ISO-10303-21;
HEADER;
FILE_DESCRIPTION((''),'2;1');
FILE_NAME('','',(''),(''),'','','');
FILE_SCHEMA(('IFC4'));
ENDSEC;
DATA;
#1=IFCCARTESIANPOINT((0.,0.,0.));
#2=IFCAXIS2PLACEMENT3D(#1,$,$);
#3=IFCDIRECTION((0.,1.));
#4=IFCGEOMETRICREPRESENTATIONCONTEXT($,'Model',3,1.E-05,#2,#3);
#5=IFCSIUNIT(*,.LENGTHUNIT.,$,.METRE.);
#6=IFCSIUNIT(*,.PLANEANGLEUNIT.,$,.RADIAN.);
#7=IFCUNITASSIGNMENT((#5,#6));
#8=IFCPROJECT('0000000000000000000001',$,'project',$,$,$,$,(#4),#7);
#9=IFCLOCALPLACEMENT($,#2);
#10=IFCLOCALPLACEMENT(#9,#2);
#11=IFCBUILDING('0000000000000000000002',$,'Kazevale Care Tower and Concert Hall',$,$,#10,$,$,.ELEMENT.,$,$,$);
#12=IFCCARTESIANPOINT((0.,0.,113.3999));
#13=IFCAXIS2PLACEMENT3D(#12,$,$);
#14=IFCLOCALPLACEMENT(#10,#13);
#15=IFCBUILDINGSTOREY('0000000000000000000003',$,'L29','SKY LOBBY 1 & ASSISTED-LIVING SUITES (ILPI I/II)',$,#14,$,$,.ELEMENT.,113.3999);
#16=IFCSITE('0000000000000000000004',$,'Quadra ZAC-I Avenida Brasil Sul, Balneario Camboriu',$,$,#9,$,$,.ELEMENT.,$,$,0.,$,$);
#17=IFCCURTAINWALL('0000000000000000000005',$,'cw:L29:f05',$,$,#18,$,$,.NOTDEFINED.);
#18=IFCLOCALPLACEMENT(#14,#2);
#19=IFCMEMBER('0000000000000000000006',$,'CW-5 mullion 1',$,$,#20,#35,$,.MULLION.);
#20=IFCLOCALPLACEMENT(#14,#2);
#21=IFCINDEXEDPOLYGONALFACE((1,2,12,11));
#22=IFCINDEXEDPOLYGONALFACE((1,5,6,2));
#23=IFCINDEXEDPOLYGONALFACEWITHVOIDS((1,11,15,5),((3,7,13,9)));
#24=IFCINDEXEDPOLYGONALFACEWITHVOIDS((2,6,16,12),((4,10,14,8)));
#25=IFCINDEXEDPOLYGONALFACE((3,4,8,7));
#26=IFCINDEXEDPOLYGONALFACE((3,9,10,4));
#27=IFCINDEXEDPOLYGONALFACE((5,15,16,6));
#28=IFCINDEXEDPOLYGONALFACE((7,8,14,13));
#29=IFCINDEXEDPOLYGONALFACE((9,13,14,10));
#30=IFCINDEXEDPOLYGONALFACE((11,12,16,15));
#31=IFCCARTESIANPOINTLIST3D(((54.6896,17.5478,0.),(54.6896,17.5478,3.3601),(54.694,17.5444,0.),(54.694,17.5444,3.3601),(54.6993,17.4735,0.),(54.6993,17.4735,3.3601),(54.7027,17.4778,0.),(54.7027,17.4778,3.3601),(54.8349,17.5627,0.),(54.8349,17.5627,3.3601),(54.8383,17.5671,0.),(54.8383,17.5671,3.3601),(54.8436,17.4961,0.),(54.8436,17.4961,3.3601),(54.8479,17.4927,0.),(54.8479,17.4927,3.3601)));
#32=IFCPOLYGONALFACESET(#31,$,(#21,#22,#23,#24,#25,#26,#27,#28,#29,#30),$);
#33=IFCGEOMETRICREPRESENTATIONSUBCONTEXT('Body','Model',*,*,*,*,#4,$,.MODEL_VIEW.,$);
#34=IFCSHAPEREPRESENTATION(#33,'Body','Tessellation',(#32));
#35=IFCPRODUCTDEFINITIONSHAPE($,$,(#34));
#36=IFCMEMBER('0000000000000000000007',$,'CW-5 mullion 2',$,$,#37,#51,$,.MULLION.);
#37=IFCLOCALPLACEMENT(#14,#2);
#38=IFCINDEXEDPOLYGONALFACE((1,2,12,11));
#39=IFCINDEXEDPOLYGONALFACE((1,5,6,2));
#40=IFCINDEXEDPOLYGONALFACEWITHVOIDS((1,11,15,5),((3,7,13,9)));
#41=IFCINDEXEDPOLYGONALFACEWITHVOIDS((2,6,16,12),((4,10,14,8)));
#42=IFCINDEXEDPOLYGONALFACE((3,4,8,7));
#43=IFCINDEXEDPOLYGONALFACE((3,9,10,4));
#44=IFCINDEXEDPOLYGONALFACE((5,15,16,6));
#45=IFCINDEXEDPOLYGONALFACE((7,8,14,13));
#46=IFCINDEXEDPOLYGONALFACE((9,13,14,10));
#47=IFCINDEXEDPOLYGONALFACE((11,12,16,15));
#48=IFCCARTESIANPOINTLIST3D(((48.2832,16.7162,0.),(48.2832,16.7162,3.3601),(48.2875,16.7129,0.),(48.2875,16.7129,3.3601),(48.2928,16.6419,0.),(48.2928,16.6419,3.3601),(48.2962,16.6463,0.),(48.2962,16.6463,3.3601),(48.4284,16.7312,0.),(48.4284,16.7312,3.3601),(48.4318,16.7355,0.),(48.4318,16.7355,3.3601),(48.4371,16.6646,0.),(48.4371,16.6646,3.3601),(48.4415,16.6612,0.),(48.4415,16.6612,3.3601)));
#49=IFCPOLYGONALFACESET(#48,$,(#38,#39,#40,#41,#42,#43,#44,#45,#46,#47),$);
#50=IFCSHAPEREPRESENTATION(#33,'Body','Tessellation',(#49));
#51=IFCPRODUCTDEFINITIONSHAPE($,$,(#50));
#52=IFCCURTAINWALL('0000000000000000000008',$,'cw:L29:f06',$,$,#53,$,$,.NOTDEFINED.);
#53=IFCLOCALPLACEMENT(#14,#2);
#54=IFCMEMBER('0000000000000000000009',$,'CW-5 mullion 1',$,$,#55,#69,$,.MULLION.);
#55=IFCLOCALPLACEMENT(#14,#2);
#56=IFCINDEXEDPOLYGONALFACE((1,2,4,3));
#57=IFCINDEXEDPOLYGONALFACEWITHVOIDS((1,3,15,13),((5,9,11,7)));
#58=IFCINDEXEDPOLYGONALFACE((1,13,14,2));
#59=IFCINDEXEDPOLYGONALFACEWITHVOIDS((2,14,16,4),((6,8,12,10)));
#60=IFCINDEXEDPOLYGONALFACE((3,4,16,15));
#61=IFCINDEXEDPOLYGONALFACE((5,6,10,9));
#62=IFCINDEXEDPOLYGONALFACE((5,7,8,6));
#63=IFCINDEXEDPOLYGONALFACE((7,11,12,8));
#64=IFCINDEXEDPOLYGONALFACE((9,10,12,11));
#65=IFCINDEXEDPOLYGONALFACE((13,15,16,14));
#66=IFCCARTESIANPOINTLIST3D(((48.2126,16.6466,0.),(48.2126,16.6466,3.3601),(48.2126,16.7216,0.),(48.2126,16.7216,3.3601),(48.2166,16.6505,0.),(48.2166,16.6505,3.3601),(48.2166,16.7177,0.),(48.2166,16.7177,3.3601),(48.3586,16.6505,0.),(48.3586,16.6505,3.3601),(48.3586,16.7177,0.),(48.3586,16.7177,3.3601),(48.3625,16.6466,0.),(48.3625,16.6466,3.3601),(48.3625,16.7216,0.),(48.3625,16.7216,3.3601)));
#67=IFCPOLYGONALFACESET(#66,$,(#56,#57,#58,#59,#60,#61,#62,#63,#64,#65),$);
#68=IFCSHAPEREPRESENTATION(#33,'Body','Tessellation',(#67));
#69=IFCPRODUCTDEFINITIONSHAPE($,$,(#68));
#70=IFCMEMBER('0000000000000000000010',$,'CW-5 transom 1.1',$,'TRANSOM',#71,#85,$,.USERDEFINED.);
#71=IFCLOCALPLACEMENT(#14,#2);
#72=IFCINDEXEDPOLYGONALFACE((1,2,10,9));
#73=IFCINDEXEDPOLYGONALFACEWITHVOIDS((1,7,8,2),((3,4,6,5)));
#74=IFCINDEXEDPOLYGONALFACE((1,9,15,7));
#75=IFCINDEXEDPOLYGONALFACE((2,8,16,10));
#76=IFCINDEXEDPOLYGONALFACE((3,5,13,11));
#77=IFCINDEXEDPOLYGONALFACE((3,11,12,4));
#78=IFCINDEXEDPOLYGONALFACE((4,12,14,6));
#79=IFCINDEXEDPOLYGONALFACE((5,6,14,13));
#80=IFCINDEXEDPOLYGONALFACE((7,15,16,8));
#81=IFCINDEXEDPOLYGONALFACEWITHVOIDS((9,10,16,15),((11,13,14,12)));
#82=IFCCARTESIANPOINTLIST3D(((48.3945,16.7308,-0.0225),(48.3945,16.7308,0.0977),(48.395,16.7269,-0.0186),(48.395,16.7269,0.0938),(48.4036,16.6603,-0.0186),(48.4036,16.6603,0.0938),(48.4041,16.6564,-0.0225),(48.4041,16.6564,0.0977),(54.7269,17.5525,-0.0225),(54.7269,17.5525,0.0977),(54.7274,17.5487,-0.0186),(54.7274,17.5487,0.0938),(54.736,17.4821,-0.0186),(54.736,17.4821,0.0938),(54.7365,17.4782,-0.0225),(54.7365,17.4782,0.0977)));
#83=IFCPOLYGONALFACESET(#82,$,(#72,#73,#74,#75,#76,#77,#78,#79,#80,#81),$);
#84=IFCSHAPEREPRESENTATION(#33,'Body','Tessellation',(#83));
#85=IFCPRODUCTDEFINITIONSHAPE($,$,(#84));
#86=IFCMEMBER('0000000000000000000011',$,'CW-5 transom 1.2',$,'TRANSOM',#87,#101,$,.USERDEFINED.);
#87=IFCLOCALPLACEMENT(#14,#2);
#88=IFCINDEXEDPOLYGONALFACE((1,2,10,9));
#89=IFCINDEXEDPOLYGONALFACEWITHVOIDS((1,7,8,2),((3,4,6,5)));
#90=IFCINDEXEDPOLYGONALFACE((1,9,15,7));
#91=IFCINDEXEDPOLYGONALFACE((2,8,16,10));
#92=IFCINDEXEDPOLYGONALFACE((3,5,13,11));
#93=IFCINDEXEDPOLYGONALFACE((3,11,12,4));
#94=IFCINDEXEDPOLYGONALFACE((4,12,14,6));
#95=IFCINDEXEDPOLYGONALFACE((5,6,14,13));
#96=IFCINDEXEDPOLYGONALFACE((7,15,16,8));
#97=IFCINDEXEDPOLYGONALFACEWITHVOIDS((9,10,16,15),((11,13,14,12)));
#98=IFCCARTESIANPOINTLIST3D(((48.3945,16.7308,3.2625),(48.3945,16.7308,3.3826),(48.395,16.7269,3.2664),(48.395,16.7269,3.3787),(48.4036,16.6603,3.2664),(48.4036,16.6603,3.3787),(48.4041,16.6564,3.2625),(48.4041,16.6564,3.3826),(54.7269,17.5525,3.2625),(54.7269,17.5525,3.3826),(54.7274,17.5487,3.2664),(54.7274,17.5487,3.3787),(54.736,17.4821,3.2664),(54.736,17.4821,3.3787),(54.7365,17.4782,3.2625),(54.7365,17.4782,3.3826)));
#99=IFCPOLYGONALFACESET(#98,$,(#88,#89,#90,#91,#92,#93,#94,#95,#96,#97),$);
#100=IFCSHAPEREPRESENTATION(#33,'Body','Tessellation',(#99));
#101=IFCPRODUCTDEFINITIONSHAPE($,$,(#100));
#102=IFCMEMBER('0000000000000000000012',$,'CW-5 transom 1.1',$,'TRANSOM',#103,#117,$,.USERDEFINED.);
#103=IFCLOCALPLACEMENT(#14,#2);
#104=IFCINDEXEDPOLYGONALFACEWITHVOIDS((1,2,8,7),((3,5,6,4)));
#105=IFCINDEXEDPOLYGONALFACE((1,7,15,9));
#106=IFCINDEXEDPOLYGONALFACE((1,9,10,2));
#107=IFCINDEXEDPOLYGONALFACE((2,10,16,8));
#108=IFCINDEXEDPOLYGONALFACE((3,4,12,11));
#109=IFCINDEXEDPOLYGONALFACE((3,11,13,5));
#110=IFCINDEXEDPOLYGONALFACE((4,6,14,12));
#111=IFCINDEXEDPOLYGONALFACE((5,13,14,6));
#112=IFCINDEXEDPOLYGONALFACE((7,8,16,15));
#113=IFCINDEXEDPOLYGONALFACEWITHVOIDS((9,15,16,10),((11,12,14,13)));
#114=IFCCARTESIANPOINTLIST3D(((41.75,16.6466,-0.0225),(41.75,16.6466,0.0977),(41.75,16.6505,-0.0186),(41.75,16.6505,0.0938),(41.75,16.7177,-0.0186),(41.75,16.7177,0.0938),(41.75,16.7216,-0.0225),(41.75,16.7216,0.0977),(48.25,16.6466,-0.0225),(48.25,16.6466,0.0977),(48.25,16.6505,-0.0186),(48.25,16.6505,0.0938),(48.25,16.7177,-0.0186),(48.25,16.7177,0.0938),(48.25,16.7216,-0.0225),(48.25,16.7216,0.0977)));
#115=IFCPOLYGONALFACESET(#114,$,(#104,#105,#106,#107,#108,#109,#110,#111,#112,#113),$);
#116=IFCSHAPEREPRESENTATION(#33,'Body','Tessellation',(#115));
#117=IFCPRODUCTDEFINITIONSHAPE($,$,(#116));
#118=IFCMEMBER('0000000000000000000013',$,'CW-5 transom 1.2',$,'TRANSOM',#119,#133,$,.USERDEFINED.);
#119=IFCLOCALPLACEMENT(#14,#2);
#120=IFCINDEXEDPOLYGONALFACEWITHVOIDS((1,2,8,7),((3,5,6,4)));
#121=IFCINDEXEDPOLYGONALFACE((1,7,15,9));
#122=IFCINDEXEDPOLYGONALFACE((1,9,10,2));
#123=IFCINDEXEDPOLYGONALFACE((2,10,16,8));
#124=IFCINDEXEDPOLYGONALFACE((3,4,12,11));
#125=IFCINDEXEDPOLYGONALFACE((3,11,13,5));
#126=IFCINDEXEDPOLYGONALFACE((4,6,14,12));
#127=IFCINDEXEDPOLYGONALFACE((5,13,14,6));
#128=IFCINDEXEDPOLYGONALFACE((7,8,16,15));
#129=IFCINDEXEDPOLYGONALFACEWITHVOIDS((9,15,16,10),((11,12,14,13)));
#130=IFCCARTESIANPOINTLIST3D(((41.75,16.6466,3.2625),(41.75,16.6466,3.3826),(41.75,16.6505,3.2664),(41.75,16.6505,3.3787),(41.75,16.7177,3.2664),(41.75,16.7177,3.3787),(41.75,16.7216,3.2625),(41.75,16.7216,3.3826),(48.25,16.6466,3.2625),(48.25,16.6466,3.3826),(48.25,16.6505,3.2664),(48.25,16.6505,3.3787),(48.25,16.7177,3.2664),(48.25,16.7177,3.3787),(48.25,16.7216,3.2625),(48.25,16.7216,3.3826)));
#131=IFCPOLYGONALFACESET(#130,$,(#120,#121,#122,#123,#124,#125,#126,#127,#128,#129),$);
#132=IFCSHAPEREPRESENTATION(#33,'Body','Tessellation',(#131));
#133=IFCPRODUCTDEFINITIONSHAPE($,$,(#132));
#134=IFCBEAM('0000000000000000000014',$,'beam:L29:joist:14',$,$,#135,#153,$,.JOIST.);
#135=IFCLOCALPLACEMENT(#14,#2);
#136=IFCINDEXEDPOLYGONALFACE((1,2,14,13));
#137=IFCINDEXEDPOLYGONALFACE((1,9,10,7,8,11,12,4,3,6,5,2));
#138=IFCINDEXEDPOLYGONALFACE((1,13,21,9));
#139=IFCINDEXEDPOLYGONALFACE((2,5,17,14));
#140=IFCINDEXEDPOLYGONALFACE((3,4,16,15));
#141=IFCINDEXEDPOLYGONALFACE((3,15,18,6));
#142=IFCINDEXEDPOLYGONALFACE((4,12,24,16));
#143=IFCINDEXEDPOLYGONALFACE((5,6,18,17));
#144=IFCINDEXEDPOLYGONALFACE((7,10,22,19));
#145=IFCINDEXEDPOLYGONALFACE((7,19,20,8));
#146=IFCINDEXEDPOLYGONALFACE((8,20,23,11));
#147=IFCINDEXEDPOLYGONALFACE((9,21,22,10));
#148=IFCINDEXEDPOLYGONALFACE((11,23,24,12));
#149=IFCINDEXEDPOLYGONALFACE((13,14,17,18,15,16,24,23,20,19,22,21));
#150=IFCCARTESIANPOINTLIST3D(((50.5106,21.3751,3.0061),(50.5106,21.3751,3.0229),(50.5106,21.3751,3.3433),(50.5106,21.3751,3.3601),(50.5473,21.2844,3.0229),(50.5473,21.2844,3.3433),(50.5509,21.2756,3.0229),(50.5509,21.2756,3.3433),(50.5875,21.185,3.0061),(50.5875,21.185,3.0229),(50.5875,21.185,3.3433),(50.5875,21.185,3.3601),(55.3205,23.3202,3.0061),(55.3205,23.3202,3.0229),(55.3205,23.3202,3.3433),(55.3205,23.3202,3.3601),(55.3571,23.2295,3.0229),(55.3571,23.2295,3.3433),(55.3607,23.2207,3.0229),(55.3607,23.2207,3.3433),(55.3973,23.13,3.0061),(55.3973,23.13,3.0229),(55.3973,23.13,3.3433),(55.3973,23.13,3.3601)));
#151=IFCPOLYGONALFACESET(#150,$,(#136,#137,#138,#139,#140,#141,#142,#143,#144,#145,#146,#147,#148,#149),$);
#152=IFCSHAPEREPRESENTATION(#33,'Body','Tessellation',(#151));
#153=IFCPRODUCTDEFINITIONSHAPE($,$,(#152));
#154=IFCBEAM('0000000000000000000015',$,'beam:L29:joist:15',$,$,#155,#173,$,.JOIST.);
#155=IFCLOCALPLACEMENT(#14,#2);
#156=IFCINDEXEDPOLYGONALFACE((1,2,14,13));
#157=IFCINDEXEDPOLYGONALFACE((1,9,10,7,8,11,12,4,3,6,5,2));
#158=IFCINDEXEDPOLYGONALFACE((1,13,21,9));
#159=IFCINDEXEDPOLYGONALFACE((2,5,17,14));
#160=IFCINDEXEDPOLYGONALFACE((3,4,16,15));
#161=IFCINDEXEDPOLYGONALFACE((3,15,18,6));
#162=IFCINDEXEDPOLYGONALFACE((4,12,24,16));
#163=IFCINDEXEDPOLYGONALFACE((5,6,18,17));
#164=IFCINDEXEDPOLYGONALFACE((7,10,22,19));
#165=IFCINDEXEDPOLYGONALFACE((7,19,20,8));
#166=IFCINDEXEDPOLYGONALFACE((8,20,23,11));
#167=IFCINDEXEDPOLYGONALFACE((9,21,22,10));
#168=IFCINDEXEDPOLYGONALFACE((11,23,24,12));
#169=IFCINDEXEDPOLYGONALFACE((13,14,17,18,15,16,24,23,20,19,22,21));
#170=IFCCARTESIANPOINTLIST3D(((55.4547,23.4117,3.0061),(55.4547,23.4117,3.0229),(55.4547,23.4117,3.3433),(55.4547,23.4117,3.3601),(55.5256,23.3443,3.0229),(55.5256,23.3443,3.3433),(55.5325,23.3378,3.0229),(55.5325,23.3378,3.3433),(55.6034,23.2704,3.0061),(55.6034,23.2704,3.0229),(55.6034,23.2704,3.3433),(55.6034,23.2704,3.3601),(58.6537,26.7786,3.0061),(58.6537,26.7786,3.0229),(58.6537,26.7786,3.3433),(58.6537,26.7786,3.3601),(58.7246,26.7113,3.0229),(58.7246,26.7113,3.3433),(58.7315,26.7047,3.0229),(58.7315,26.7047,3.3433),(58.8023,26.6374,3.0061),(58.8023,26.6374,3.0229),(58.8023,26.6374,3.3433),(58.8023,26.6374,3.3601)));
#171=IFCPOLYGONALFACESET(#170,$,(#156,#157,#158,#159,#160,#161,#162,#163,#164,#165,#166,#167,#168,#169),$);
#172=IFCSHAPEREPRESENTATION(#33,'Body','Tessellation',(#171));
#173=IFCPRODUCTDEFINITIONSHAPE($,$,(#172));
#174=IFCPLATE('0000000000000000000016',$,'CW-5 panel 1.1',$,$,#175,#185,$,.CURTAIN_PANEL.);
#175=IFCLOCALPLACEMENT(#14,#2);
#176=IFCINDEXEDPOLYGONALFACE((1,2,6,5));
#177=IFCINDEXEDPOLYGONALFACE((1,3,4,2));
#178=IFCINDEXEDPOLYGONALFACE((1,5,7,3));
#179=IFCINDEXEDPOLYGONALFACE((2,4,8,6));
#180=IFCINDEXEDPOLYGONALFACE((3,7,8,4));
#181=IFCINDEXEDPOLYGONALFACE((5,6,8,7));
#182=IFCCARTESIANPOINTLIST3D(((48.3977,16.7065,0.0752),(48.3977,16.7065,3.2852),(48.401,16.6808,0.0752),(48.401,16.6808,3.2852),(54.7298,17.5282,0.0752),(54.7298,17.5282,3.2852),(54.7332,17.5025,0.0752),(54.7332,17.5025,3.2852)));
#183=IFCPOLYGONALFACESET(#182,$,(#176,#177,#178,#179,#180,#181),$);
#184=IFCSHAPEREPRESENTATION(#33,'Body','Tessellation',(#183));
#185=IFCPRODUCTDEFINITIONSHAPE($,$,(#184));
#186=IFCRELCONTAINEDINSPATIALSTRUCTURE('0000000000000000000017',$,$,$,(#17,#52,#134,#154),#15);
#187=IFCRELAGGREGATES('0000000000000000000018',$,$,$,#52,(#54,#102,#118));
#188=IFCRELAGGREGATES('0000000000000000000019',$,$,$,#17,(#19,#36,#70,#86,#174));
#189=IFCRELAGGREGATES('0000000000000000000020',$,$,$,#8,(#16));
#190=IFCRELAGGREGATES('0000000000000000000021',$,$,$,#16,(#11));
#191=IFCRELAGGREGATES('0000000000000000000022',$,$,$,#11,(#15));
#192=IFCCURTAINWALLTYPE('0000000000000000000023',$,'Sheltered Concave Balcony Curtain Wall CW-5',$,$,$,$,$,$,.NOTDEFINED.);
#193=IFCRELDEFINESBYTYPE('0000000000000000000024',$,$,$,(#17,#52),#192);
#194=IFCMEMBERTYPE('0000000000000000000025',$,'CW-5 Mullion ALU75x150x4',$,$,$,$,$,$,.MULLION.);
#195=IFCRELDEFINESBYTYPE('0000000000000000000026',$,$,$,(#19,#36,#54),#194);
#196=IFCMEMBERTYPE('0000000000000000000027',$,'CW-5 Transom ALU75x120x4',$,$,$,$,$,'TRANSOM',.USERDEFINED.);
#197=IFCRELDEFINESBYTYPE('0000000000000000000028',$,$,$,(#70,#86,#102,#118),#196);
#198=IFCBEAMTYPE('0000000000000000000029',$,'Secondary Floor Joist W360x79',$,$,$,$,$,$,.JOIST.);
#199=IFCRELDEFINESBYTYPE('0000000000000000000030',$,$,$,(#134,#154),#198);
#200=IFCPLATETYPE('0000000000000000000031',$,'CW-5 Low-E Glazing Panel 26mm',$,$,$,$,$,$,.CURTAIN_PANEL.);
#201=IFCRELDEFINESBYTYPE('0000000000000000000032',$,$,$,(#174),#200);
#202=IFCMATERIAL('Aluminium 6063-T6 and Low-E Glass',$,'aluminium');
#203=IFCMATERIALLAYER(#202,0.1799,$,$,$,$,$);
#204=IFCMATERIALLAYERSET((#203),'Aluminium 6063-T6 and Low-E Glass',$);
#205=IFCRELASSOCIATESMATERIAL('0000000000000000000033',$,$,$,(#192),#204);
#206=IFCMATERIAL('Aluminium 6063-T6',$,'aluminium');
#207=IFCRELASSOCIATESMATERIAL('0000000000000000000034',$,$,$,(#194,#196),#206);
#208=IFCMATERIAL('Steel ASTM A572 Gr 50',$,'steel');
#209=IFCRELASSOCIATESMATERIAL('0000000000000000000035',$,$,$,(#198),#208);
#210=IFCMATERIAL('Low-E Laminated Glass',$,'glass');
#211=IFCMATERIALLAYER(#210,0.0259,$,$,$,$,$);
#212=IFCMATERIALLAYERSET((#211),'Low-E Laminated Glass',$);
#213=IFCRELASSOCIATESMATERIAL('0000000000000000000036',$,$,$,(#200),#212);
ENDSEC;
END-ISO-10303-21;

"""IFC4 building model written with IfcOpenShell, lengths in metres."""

from ifc_helpers import new_model, si_unit, direction, frame, origin, origin_2d, place, context, subcontext, project, spatial, rectangle, hollow_rectangle, i_section, extrude, material, layer, layer_set, material_profile, profile_set, type_object, element, aggregate, save


model = new_model("IFC4")

# Units and contexts
model_context = context("Model", 3, precision=1e-05, world=origin(), true_north=direction((0.0, 1.0)))
body_context = subcontext(model_context, "Body", "Model", "MODEL_VIEW")
ifc_project = project(units=[si_unit("LENGTHUNIT", "METRE"), si_unit("PLANEANGLEUNIT", "RADIAN")], contexts=[model_context])

# Site, building, storey
site_placement = place(None, origin())
site = spatial("IfcSite", under=ifc_project, at=site_placement, Name="Quadra ZAC-I Avenida Brasil Sul, Balneario Camboriu", CompositionType="ELEMENT", RefElevation=0.0)
building_placement = place(site_placement, origin())
building = spatial("IfcBuilding", under=site, at=building_placement, Name="Kazevale Care Tower and Concert Hall", CompositionType="ELEMENT")
storey_placement = place(building_placement, frame((0.0, 0.0, 113.3999)))
storey = spatial("IfcBuildingStorey", under=building, at=storey_placement, Name="L29", Description="SKY LOBBY 1 & ASSISTED-LIVING SUITES (ILPI I/II)", CompositionType="ELEMENT", Elevation=113.3999)

# Curtain wall, members
ifc_material_1 = material(Name="Aluminium 6063-T6 and Low-E Glass", Category="aluminium")
ifc_layer_1 = layer(ifc_material_1, 0.1799)
ifc_layer_set_1 = layer_set([ifc_layer_1], Name="Aluminium 6063-T6 and Low-E Glass")
curtain_wall_type = type_object("IfcCurtainWallType", Name="Sheltered Concave Balcony Curtain Wall CW-5", PredefinedType="NOTDEFINED", material=ifc_layer_set_1)
curtain_wall_1_placement = place(storey_placement, origin())
curtain_wall_1 = element("IfcCurtainWall", 1, at=curtain_wall_1_placement, inside=storey, type_object=curtain_wall_type, Name="cw:L29:f05", PredefinedType="NOTDEFINED")
ifc_material_2 = material(Name="Aluminium 6063-T6", Category="aluminium")
ifc_material_profile_1 = material_profile(ifc_material_2, hollow_rectangle(XDim=0.075, YDim=0.1499, WallThickness=0.0039, at=origin_2d()), Name="ALU75x150x4")
ifc_profile_set_1 = profile_set([ifc_material_profile_1], Name="Aluminium 6063-T6")
member_type_1 = type_object("IfcMemberType", Name="CW-5 Mullion ALU75x150x4", PredefinedType="MULLION", material=ifc_profile_set_1)
member_1_placement = place(storey_placement, frame((54.7688, 17.5203, 0.0), z_axis=(0.0, 0.0, 1.0), x_axis=(0.128685, -0.991686, 0.0)))
member_1 = element("IfcMember", 2, at=member_1_placement, type_object=member_type_1, Name="CW-5 mullion 1", PredefinedType="MULLION", context=body_context, shape_type="SweptSolid", body=[
    extrude(hollow_rectangle(XDim=0.075, YDim=0.1499, WallThickness=0.0039, at=origin_2d()), origin(), (0.0, 0.0, 1.0), 3.3601),
])
member_2_placement = place(storey_placement, frame((48.3623, 16.6887, 0.0), z_axis=(0.0, 0.0, 1.0), x_axis=(0.128685, -0.991686, 0.0)))
member_2 = element("IfcMember", 3, at=member_2_placement, type_object=member_type_1, Name="CW-5 mullion 2", PredefinedType="MULLION", context=body_context, shape_type="SweptSolid", body=[
    extrude(hollow_rectangle(XDim=0.075, YDim=0.1499, WallThickness=0.0039, at=origin_2d()), origin(), (0.0, 0.0, 1.0), 3.3601),
])

# Curtain wall, member
curtain_wall_2_placement = place(storey_placement, origin())
curtain_wall_2 = element("IfcCurtainWall", 4, at=curtain_wall_2_placement, inside=storey, type_object=curtain_wall_type, Name="cw:L29:f06", PredefinedType="NOTDEFINED")
member_3_placement = place(storey_placement, frame((48.2876, 16.6841, 0.0), z_axis=(0.0, 0.0, 1.0), x_axis=(0.0, -1.0, 0.0)))
member_3 = element("IfcMember", 5, at=member_3_placement, type_object=member_type_1, Name="CW-5 mullion 1", PredefinedType="MULLION", context=body_context, shape_type="SweptSolid", body=[
    extrude(hollow_rectangle(XDim=0.075, YDim=0.1499, WallThickness=0.0039, at=origin_2d()), origin(), (0.0, 0.0, 1.0), 3.3601),
])

# Members
ifc_material_profile_2 = material_profile(ifc_material_2, hollow_rectangle(XDim=0.075, YDim=0.1201, WallThickness=0.0039, at=origin_2d()), Name="ALU75x120x4")
ifc_profile_set_2 = profile_set([ifc_material_profile_2], Name="Aluminium 6063-T6")
member_type_2 = type_object("IfcMemberType", Name="CW-5 Transom ALU75x120x4", ElementType="TRANSOM", PredefinedType="USERDEFINED", material=ifc_profile_set_2)
member_4_placement = place(storey_placement, frame((54.7317, 17.5154, 0.0376), z_axis=(-0.991684, -0.128697, 0.0), x_axis=(0.128697, -0.991684, 0.0)))
member_4 = element("IfcMember", 6, at=member_4_placement, type_object=member_type_2, Name="CW-5 transom 1.1", ObjectType="TRANSOM", PredefinedType="USERDEFINED", context=body_context, shape_type="SweptSolid", body=[
    extrude(hollow_rectangle(XDim=0.075, YDim=0.1201, WallThickness=0.0039, at=origin_2d()), origin(), (0.0, 0.0, 1.0), 6.3855),
])
member_5_placement = place(storey_placement, frame((54.7317, 17.5154, 3.3225), z_axis=(-0.991684, -0.128697, 0.0), x_axis=(0.128697, -0.991684, 0.0)))
member_5 = element("IfcMember", 7, at=member_5_placement, type_object=member_type_2, Name="CW-5 transom 1.2", ObjectType="TRANSOM", PredefinedType="USERDEFINED", context=body_context, shape_type="SweptSolid", body=[
    extrude(hollow_rectangle(XDim=0.075, YDim=0.1201, WallThickness=0.0039, at=origin_2d()), origin(), (0.0, 0.0, 1.0), 6.3855),
])
member_6_placement = place(storey_placement, frame((48.25, 16.6841, 0.0376), z_axis=(-1.0, 0.0, 0.0), x_axis=(0.0, -1.0, 0.0)))
member_6 = element("IfcMember", 8, at=member_6_placement, type_object=member_type_2, Name="CW-5 transom 1.1", ObjectType="TRANSOM", PredefinedType="USERDEFINED", context=body_context, shape_type="SweptSolid", body=[
    extrude(hollow_rectangle(XDim=0.075, YDim=0.1201, WallThickness=0.0039, at=origin_2d()), origin(), (0.0, 0.0, 1.0), 6.5),
])
member_7_placement = place(storey_placement, frame((48.25, 16.6841, 3.3225), z_axis=(-1.0, 0.0, 0.0), x_axis=(0.0, -1.0, 0.0)))
member_7 = element("IfcMember", 9, at=member_7_placement, type_object=member_type_2, Name="CW-5 transom 1.2", ObjectType="TRANSOM", PredefinedType="USERDEFINED", context=body_context, shape_type="SweptSolid", body=[
    extrude(hollow_rectangle(XDim=0.075, YDim=0.1201, WallThickness=0.0039, at=origin_2d()), origin(), (0.0, 0.0, 1.0), 6.5),
])
aggregate(curtain_wall_2, [member_3, member_6, member_7])

# Beams
ifc_material_3 = material(Name="Steel ASTM A572 Gr 50", Category="steel")
ifc_material_profile_3 = material_profile(ifc_material_3, i_section(OverallWidth=0.2051, OverallDepth=0.354, WebThickness=0.0095, FlangeThickness=0.0168, at=origin_2d()), Name="W360x79")
ifc_profile_set_3 = profile_set([ifc_material_profile_3], Name="Steel ASTM A572 Gr 50")
beam_type = type_object("IfcBeamType", Name="Secondary Floor Joist W360x79", PredefinedType="JOIST", material=ifc_profile_set_3)
beam_1_placement = place(storey_placement, frame((50.5491, 21.28, 3.1831), z_axis=(0.927065, 0.374901, 0.0), x_axis=(-0.374901, 0.927065, 0.0)))
element("IfcBeam", 10, at=beam_1_placement, inside=storey, type_object=beam_type, Name="beam:L29:joist:14", PredefinedType="JOIST", context=body_context, shape_type="SweptSolid", body=[
    extrude(i_section(OverallWidth=0.2051, OverallDepth=0.354, WebThickness=0.0095, FlangeThickness=0.0168, at=origin_2d()), origin(), (0.0, 0.0, 1.0), 5.1882),
])
beam_2_placement = place(storey_placement, frame((55.5291, 23.3411, 3.1831), z_axis=(0.688792, 0.724959, 0.0), x_axis=(-0.724959, 0.688792, 0.0)))
element("IfcBeam", 11, at=beam_2_placement, inside=storey, type_object=beam_type, Name="beam:L29:joist:15", PredefinedType="JOIST", context=body_context, shape_type="SweptSolid", body=[
    extrude(i_section(OverallWidth=0.2051, OverallDepth=0.354, WebThickness=0.0095, FlangeThickness=0.0168, at=origin_2d()), origin(), (0.0, 0.0, 1.0), 4.6443),
])

# Plate
ifc_material_4 = material(Name="Low-E Laminated Glass", Category="glass")
ifc_layer_2 = layer(ifc_material_4, 0.0259)
ifc_layer_set_2 = layer_set([ifc_layer_2], Name="Low-E Laminated Glass")
plate_type = type_object("IfcPlateType", Name="CW-5 Low-E Glazing Panel 26mm", PredefinedType="CURTAIN_PANEL", material=ifc_layer_set_2)
plate_placement = place(storey_placement, frame((51.5654, 17.1045, 0.0752), z_axis=(0.0, 0.0, 1.0), x_axis=(-0.991686, -0.128685, 0.0)))
plate = element("IfcPlate", 12, at=plate_placement, type_object=plate_type, Name="CW-5 panel 1.1", PredefinedType="CURTAIN_PANEL", context=body_context, shape_type="SweptSolid", body=[
    extrude(rectangle(XDim=6.3853, YDim=0.0259, at=origin_2d()), origin(), (0.0, 0.0, 1.0), 3.21),
])
aggregate(curtain_wall_1, [member_1, member_2, member_4, member_5, plate])

save(model, "model.ifc")
